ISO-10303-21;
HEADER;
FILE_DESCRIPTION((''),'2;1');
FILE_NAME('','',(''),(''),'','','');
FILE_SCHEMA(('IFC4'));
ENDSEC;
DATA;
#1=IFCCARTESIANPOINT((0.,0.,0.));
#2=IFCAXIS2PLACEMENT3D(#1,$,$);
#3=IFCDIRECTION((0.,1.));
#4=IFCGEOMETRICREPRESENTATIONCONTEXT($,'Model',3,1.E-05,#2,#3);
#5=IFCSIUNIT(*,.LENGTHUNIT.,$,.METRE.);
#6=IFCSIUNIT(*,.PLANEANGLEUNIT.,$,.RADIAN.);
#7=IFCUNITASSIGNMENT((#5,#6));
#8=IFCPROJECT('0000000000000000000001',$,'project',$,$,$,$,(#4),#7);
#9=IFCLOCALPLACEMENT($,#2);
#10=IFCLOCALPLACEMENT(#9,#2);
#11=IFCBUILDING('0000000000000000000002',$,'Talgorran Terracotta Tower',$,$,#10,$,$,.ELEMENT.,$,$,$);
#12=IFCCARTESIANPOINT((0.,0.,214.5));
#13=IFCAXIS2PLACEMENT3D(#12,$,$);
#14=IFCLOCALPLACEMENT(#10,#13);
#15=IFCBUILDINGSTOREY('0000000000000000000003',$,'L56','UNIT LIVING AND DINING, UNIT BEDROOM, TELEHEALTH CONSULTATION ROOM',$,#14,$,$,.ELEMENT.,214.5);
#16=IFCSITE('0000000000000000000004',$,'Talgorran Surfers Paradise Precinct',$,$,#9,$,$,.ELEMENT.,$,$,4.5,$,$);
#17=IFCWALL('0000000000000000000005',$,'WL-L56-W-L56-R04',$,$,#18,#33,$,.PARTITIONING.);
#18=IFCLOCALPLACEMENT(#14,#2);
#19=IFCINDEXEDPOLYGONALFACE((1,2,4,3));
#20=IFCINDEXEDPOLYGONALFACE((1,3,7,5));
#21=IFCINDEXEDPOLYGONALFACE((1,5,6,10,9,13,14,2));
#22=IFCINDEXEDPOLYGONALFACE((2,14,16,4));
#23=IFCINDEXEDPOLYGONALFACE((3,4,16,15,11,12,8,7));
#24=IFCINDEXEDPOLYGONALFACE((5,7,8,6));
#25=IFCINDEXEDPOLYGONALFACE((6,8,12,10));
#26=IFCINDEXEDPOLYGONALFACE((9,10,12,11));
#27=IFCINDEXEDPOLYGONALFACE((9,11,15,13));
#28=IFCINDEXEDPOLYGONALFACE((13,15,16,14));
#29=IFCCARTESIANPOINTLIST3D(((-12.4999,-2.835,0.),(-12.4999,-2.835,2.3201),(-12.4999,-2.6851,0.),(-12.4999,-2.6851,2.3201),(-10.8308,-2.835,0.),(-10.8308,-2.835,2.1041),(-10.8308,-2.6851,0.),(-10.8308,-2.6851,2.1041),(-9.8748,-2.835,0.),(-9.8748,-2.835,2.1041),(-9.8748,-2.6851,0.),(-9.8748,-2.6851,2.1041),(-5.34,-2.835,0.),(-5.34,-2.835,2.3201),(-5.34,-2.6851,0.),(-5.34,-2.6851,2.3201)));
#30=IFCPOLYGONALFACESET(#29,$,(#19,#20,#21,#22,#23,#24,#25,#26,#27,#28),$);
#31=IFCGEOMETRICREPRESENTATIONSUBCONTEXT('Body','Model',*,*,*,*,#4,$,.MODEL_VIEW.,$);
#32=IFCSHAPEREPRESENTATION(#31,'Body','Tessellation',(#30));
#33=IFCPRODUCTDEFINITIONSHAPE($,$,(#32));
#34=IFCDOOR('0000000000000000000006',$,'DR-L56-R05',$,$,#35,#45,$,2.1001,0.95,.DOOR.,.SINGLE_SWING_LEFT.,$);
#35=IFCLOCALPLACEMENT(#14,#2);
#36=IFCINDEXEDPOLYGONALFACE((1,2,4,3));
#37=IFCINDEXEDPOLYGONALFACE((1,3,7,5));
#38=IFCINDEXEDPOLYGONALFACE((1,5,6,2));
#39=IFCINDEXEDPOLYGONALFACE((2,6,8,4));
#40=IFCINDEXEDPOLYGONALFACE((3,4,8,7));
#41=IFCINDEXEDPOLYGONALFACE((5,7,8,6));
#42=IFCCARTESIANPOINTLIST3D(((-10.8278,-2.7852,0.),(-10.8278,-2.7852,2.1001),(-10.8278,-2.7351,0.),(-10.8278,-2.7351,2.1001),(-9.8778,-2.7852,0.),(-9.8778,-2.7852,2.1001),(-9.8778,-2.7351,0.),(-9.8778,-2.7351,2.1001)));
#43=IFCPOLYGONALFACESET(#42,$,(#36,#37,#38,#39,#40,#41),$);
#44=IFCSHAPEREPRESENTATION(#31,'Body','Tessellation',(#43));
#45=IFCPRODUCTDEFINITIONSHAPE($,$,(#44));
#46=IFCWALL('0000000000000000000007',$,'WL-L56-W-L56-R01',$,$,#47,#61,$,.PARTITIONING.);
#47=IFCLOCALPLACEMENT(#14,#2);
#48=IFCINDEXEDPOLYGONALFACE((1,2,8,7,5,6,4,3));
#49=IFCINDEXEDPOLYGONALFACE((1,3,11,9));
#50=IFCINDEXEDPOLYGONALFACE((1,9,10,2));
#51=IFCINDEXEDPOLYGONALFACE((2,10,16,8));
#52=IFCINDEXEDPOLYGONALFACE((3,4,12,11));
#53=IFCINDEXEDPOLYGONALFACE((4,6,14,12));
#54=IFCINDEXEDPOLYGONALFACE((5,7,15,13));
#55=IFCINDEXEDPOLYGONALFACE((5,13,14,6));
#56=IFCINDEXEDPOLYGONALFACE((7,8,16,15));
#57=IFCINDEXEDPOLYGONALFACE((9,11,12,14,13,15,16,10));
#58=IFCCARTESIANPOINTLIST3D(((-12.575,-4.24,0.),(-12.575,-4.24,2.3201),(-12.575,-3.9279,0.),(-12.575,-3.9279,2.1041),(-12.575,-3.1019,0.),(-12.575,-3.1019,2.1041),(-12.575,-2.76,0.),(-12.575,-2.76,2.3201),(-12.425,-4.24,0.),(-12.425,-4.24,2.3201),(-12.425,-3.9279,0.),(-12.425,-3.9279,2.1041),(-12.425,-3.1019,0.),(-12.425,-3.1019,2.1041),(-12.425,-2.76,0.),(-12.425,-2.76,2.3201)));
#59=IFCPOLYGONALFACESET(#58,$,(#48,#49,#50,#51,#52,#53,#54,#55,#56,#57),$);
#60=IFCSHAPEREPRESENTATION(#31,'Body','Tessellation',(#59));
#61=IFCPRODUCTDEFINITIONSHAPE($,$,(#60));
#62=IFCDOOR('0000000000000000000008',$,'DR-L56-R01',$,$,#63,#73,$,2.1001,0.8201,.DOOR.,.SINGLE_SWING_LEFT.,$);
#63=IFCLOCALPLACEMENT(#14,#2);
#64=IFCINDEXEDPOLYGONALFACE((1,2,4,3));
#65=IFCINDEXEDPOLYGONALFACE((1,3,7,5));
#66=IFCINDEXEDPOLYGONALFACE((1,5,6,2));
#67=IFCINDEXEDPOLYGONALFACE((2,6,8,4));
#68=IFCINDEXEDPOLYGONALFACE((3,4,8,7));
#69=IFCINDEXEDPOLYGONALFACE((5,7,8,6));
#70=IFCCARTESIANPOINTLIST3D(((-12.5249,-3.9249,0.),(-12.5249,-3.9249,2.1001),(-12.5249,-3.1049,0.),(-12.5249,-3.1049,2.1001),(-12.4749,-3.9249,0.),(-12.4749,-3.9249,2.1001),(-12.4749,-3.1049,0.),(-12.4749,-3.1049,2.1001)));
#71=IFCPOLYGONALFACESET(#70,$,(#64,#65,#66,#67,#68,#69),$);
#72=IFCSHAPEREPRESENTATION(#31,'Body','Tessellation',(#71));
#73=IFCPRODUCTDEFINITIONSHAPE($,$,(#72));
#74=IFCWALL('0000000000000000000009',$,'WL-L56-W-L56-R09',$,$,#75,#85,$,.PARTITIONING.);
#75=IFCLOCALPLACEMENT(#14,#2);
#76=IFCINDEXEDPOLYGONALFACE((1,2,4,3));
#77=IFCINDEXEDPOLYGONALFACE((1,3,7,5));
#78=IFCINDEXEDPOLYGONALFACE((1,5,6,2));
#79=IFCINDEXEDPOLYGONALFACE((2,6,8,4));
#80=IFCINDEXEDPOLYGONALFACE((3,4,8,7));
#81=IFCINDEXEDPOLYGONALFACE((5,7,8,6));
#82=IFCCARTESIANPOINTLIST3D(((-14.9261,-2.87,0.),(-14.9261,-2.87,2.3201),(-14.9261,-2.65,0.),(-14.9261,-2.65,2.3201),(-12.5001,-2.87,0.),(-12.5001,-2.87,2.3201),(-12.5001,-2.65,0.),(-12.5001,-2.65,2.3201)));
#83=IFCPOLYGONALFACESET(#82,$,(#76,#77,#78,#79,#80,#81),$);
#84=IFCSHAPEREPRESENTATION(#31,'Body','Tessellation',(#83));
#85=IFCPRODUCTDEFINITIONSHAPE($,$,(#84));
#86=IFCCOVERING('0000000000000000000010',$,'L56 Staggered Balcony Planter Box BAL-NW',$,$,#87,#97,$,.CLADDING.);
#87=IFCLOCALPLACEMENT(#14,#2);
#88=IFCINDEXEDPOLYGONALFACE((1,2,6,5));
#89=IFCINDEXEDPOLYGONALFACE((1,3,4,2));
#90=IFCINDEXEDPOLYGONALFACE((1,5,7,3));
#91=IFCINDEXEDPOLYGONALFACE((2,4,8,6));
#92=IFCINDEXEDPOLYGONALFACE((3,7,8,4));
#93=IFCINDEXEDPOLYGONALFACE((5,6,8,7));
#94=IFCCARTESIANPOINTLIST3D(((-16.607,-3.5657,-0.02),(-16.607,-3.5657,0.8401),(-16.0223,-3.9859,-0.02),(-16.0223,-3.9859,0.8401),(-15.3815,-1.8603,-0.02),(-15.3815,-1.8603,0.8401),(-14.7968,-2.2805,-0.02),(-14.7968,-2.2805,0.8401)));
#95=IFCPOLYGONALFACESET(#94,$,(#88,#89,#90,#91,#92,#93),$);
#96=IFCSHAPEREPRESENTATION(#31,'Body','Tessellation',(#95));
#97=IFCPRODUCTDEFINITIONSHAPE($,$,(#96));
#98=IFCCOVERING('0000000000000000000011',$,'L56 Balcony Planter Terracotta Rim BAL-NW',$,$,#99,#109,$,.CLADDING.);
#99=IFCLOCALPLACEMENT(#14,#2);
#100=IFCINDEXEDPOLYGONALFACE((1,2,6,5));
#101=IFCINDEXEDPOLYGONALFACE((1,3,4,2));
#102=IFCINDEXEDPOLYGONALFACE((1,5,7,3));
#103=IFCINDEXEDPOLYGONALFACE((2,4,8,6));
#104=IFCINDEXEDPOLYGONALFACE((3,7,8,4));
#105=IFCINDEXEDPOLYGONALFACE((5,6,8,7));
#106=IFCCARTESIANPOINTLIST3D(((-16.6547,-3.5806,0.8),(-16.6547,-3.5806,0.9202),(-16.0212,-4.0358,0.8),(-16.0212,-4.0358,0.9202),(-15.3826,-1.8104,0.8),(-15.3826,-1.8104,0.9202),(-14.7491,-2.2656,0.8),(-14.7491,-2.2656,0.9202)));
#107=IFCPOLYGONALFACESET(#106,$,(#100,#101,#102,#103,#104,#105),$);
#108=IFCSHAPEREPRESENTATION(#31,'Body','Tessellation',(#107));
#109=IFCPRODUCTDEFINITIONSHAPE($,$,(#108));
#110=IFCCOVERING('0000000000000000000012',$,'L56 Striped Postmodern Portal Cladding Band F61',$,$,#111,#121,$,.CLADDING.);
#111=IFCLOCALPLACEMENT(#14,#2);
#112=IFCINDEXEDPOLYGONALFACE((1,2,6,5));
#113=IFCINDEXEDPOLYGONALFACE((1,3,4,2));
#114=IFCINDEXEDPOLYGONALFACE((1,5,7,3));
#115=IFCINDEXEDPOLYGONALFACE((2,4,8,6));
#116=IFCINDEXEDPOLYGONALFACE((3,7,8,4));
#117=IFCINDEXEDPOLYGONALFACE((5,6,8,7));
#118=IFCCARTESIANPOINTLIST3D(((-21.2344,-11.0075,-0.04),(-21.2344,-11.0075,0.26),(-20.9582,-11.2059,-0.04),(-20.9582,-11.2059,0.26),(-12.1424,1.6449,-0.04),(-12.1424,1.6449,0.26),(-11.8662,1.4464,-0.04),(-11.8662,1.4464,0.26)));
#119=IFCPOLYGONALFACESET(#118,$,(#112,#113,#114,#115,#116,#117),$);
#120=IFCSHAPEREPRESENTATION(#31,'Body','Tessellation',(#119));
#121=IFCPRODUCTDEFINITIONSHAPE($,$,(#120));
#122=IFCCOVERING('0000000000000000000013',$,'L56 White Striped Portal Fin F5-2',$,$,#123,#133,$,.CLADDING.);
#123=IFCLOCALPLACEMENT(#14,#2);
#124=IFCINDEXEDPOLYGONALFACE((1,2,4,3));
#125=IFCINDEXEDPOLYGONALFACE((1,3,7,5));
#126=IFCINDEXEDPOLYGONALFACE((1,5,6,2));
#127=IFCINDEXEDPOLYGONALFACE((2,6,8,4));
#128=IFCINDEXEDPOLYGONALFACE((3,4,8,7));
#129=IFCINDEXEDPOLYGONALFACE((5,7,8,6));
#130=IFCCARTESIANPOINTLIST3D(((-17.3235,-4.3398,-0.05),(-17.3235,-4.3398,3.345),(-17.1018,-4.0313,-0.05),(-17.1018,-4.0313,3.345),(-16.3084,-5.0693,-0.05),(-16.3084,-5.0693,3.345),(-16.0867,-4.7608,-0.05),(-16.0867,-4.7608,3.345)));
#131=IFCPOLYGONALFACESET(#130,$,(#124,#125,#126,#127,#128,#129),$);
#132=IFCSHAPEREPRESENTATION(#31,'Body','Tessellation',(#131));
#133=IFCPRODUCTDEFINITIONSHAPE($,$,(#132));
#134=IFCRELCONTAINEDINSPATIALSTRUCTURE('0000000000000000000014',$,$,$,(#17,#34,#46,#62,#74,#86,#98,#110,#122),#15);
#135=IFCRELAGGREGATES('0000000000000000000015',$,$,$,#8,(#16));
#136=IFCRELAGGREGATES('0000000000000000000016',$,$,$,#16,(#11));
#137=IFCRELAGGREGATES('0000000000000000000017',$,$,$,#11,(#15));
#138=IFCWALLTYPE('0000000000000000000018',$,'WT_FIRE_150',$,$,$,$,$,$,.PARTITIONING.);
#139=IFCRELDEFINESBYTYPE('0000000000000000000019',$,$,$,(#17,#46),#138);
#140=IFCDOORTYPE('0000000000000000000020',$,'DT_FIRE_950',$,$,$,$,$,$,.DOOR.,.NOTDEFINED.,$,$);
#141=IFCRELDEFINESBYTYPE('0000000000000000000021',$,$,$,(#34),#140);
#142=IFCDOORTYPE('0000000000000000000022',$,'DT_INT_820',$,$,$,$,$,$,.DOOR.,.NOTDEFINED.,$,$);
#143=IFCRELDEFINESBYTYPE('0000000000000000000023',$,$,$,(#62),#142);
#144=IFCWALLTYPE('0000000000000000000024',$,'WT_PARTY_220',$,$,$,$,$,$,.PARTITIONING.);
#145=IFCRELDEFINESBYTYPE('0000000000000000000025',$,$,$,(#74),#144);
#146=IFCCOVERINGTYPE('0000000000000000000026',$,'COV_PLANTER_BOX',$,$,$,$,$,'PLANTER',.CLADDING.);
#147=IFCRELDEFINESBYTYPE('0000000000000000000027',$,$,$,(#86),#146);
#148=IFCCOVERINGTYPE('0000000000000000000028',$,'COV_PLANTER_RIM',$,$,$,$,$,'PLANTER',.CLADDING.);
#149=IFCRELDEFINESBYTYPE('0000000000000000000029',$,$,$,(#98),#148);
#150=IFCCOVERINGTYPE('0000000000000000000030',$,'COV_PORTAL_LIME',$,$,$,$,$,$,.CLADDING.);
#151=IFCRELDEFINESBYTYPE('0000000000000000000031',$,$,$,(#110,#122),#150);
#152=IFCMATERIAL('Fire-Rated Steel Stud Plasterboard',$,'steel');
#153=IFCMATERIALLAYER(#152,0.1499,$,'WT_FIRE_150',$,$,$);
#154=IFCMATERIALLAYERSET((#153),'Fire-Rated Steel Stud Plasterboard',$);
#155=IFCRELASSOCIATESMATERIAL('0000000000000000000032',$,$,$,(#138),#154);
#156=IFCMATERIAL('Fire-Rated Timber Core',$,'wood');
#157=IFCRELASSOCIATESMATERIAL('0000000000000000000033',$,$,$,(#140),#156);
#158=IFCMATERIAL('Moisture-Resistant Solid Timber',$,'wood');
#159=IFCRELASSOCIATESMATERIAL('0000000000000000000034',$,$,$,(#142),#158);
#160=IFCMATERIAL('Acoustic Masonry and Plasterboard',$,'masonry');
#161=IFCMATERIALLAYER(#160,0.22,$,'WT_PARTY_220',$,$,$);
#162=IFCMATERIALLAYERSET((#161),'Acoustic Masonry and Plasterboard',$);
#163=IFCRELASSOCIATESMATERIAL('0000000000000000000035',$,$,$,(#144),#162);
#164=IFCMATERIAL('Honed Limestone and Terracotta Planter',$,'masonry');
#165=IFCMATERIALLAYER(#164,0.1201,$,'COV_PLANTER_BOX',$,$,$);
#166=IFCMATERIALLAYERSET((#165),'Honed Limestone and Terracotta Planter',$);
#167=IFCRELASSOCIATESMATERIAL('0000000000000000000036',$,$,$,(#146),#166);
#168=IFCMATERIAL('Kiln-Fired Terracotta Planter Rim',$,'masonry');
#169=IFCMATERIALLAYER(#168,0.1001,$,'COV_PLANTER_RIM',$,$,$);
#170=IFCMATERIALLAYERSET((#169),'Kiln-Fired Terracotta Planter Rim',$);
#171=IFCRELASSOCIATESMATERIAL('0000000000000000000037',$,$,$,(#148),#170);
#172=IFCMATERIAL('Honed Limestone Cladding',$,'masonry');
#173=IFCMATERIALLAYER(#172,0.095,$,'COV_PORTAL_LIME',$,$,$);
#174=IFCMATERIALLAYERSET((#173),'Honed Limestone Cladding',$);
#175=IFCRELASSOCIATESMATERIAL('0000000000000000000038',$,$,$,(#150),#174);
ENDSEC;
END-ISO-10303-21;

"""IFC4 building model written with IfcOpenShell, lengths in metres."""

from ifc_helpers import new_model, si_unit, direction, frame, frame_2d, origin, origin_2d, place, context, subcontext, project, spatial, rectangle, extrude, material, layer, layer_set, type_object, element, fill, save


model = new_model("IFC4")

# Units and contexts
model_context = context("Model", 3, precision=1e-05, world=origin(), true_north=direction((0.0, 1.0)))
body_context = subcontext(model_context, "Body", "Model", "MODEL_VIEW")
ifc_project = project(units=[si_unit("LENGTHUNIT", "METRE"), si_unit("PLANEANGLEUNIT", "RADIAN")], contexts=[model_context])

# Site, building, storey
site_placement = place(None, origin())
site = spatial("IfcSite", under=ifc_project, at=site_placement, Name="Talgorran Surfers Paradise Precinct", CompositionType="ELEMENT", RefElevation=4.5)
building_placement = place(site_placement, origin())
building = spatial("IfcBuilding", under=site, at=building_placement, Name="Talgorran Terracotta Tower", CompositionType="ELEMENT")
storey_placement = place(building_placement, frame((0.0, 0.0, 214.5)))
storey = spatial("IfcBuildingStorey", under=building, at=storey_placement, Name="L56", Description="UNIT LIVING AND DINING, UNIT BEDROOM, TELEHEALTH CONSULTATION ROOM", CompositionType="ELEMENT", Elevation=214.5)

# Walls, openings, doors
ifc_material_1 = material(Name="Fire-Rated Steel Stud Plasterboard", Category="steel")
ifc_layer_1 = layer(ifc_material_1, 0.1499, Name="WT_FIRE_150")
ifc_layer_set_1 = layer_set([ifc_layer_1], Name="Fire-Rated Steel Stud Plasterboard")
wall_type_1 = type_object("IfcWallType", Name="WT_FIRE_150", PredefinedType="PARTITIONING", material=ifc_layer_set_1)
wall_1_placement = place(storey_placement, frame((-12.5, -2.76, 0.0), z_axis=(0.0, 0.0, 1.0), x_axis=(1.0, 0.0, 0.0)))
wall_1 = element("IfcWall", 1, at=wall_1_placement, inside=storey, type_object=wall_type_1, Name="WL-L56-W-L56-R04", PredefinedType="PARTITIONING", context=body_context, shape_type="SweptSolid", body=[
    extrude(rectangle(XDim=7.1599, YDim=0.1499, at=frame_2d((3.5801, 0.0))), origin(), (0.0, 0.0, 1.0), 2.3201),
])
opening_1_placement = place(wall_1_placement, frame((1.6721, 0.0, 0.0)))
opening_1 = element("IfcOpeningElement", 2, at=opening_1_placement, cuts=wall_1, PredefinedType="OPENING", context=body_context, shape_type="SweptSolid", body=[
    extrude(rectangle(XDim=0.956, YDim=2.1041, at=frame_2d((0.4751, 1.052))), frame((0.0, 0.085, 0.0), z_axis=(0.0, -1.0, 0.0), x_axis=(1.0, 0.0, 0.0)), (0.0, 0.0, 1.0), 0.1699),
])
ifc_material_2 = material(Name="Fire-Rated Timber Core", Category="wood")
door_type_1 = type_object("IfcDoorType", Name="DT_FIRE_950", OperationType="NOTDEFINED", PredefinedType="DOOR", material=ifc_material_2)
door_1_placement = place(opening_1_placement, origin())
door_1 = element("IfcDoor", 3, at=door_1_placement, inside=storey, type_object=door_type_1, Name="DR-L56-R05", OperationType="SINGLE_SWING_LEFT", OverallHeight=2.1001, OverallWidth=0.95, PredefinedType="DOOR", context=body_context, shape_type="SweptSolid", body=[
    extrude(rectangle(XDim=0.95, YDim=2.1001, at=frame_2d((0.4751, 1.05))), frame((0.0, 0.0249, 0.0), z_axis=(0.0, -1.0, 0.0), x_axis=(1.0, 0.0, 0.0)), (0.0, 0.0, 1.0), 0.05),
])
fill(opening_1, door_1)
wall_2_placement = place(storey_placement, frame((-12.5, -4.24, 0.0), z_axis=(0.0, 0.0, 1.0), x_axis=(0.0, 1.0, 0.0)))
wall_2 = element("IfcWall", 4, at=wall_2_placement, inside=storey, type_object=wall_type_1, Name="WL-L56-W-L56-R01", PredefinedType="PARTITIONING", context=body_context, shape_type="SweptSolid", body=[
    extrude(rectangle(XDim=1.48, YDim=0.1499, at=frame_2d((0.74, 0.0))), origin(), (0.0, 0.0, 1.0), 2.3201),
])
opening_2_placement = place(wall_2_placement, frame((0.3149, 0.0, 0.0)))
opening_2 = element("IfcOpeningElement", 5, at=opening_2_placement, cuts=wall_2, PredefinedType="OPENING", context=body_context, shape_type="SweptSolid", body=[
    extrude(rectangle(XDim=0.8261, YDim=2.1041, at=frame_2d((0.4102, 1.052))), frame((0.0, 0.085, 0.0), z_axis=(0.0, -1.0, 0.0), x_axis=(1.0, 0.0, 0.0)), (0.0, 0.0, 1.0), 0.1699),
])
ifc_material_3 = material(Name="Moisture-Resistant Solid Timber", Category="wood")
door_type_2 = type_object("IfcDoorType", Name="DT_INT_820", OperationType="NOTDEFINED", PredefinedType="DOOR", material=ifc_material_3)
door_2_placement = place(opening_2_placement, origin())
door_2 = element("IfcDoor", 6, at=door_2_placement, inside=storey, type_object=door_type_2, Name="DR-L56-R01", OperationType="SINGLE_SWING_LEFT", OverallHeight=2.1001, OverallWidth=0.8201, PredefinedType="DOOR", context=body_context, shape_type="SweptSolid", body=[
    extrude(rectangle(XDim=0.8201, YDim=2.1001, at=frame_2d((0.4102, 1.05))), frame((0.0, 0.0249, 0.0), z_axis=(0.0, -1.0, 0.0), x_axis=(1.0, 0.0, 0.0)), (0.0, 0.0, 1.0), 0.05),
])
fill(opening_2, door_2)

# Wall
ifc_material_4 = material(Name="Acoustic Masonry and Plasterboard", Category="masonry")
ifc_layer_2 = layer(ifc_material_4, 0.22, Name="WT_PARTY_220")
ifc_layer_set_2 = layer_set([ifc_layer_2], Name="Acoustic Masonry and Plasterboard")
wall_type_2 = type_object("IfcWallType", Name="WT_PARTY_220", PredefinedType="PARTITIONING", material=ifc_layer_set_2)
wall_3_placement = place(storey_placement, frame((-14.926, -2.76, 0.0), z_axis=(0.0, 0.0, 1.0), x_axis=(1.0, 0.0, 0.0)))
element("IfcWall", 7, at=wall_3_placement, inside=storey, type_object=wall_type_2, Name="WL-L56-W-L56-R09", PredefinedType="PARTITIONING", context=body_context, shape_type="SweptSolid", body=[
    extrude(rectangle(XDim=2.426, YDim=0.22, at=frame_2d((1.2129, 0.0))), origin(), (0.0, 0.0, 1.0), 2.3201),
])

# Coverings
ifc_material_5 = material(Name="Honed Limestone and Terracotta Planter", Category="masonry")
ifc_layer_3 = layer(ifc_material_5, 0.1201, Name="COV_PLANTER_BOX")
ifc_layer_set_3 = layer_set([ifc_layer_3], Name="Honed Limestone and Terracotta Planter")
covering_type_1 = type_object("IfcCoveringType", Name="COV_PLANTER_BOX", ElementType="PLANTER", PredefinedType="CLADDING", material=ifc_layer_set_3)
covering_1_placement = place(storey_placement, frame((-15.7019, -2.9231, -0.02), z_axis=(0.0, 0.0, 1.0), x_axis=(-0.583555, -0.812073, 0.0)))
element("IfcCovering", 8, at=covering_1_placement, inside=storey, type_object=covering_type_1, Name="L56 Staggered Balcony Planter Box BAL-NW", PredefinedType="CLADDING", context=body_context, shape_type="SweptSolid", body=[
    extrude(rectangle(XDim=2.1001, YDim=0.72, at=origin_2d()), origin(), (0.0, 0.0, 1.0), 0.8601),
])
ifc_material_6 = material(Name="Kiln-Fired Terracotta Planter Rim", Category="masonry")
ifc_layer_4 = layer(ifc_material_6, 0.1001, Name="COV_PLANTER_RIM")
ifc_layer_set_4 = layer_set([ifc_layer_4], Name="Kiln-Fired Terracotta Planter Rim")
covering_type_2 = type_object("IfcCoveringType", Name="COV_PLANTER_RIM", ElementType="PLANTER", PredefinedType="CLADDING", material=ifc_layer_set_4)
covering_2_placement = place(storey_placement, frame((-15.7019, -2.9231, 0.8), z_axis=(0.0, 0.0, 1.0), x_axis=(-0.583555, -0.812073, 0.0)))
element("IfcCovering", 9, at=covering_2_placement, inside=storey, type_object=covering_type_2, Name="L56 Balcony Planter Terracotta Rim BAL-NW", PredefinedType="CLADDING", context=body_context, shape_type="SweptSolid", body=[
    extrude(rectangle(XDim=2.1799, YDim=0.78, at=origin_2d()), origin(), (0.0, 0.0, 1.0), 0.1201),
])
ifc_material_7 = material(Name="Honed Limestone Cladding", Category="masonry")
ifc_layer_5 = layer(ifc_material_7, 0.095, Name="COV_PORTAL_LIME")
ifc_layer_set_5 = layer_set([ifc_layer_5], Name="Honed Limestone Cladding")
covering_type_3 = type_object("IfcCoveringType", Name="COV_PORTAL_LIME", PredefinedType="CLADDING", material=ifc_layer_set_5)
covering_3_placement = place(storey_placement, frame((-16.5503, -4.7805, -0.04), z_axis=(0.0, 0.0, 1.0), x_axis=(-0.583555, -0.812073, 0.0)))
element("IfcCovering", 10, at=covering_3_placement, inside=storey, type_object=covering_type_3, Name="L56 Striped Postmodern Portal Cladding Band F61", PredefinedType="CLADDING", context=body_context, shape_type="SweptSolid", body=[
    extrude(rectangle(XDim=15.5803, YDim=0.3401, at=origin_2d()), origin(), (0.0, 0.0, 1.0), 0.3),
])
covering_4_placement = place(storey_placement, frame((-16.7051, -4.5503, -0.05), z_axis=(0.0, 0.0, 1.0), x_axis=(-0.583555, -0.812073, 0.0)))
element("IfcCovering", 11, at=covering_4_placement, inside=storey, type_object=covering_type_3, Name="L56 White Striped Portal Fin F5-2", PredefinedType="CLADDING", context=body_context, shape_type="SweptSolid", body=[
    extrude(rectangle(XDim=0.3799, YDim=1.25, at=origin_2d()), origin(), (0.0, 0.0, 1.0), 3.395),
])

save(model, "model.ifc")
